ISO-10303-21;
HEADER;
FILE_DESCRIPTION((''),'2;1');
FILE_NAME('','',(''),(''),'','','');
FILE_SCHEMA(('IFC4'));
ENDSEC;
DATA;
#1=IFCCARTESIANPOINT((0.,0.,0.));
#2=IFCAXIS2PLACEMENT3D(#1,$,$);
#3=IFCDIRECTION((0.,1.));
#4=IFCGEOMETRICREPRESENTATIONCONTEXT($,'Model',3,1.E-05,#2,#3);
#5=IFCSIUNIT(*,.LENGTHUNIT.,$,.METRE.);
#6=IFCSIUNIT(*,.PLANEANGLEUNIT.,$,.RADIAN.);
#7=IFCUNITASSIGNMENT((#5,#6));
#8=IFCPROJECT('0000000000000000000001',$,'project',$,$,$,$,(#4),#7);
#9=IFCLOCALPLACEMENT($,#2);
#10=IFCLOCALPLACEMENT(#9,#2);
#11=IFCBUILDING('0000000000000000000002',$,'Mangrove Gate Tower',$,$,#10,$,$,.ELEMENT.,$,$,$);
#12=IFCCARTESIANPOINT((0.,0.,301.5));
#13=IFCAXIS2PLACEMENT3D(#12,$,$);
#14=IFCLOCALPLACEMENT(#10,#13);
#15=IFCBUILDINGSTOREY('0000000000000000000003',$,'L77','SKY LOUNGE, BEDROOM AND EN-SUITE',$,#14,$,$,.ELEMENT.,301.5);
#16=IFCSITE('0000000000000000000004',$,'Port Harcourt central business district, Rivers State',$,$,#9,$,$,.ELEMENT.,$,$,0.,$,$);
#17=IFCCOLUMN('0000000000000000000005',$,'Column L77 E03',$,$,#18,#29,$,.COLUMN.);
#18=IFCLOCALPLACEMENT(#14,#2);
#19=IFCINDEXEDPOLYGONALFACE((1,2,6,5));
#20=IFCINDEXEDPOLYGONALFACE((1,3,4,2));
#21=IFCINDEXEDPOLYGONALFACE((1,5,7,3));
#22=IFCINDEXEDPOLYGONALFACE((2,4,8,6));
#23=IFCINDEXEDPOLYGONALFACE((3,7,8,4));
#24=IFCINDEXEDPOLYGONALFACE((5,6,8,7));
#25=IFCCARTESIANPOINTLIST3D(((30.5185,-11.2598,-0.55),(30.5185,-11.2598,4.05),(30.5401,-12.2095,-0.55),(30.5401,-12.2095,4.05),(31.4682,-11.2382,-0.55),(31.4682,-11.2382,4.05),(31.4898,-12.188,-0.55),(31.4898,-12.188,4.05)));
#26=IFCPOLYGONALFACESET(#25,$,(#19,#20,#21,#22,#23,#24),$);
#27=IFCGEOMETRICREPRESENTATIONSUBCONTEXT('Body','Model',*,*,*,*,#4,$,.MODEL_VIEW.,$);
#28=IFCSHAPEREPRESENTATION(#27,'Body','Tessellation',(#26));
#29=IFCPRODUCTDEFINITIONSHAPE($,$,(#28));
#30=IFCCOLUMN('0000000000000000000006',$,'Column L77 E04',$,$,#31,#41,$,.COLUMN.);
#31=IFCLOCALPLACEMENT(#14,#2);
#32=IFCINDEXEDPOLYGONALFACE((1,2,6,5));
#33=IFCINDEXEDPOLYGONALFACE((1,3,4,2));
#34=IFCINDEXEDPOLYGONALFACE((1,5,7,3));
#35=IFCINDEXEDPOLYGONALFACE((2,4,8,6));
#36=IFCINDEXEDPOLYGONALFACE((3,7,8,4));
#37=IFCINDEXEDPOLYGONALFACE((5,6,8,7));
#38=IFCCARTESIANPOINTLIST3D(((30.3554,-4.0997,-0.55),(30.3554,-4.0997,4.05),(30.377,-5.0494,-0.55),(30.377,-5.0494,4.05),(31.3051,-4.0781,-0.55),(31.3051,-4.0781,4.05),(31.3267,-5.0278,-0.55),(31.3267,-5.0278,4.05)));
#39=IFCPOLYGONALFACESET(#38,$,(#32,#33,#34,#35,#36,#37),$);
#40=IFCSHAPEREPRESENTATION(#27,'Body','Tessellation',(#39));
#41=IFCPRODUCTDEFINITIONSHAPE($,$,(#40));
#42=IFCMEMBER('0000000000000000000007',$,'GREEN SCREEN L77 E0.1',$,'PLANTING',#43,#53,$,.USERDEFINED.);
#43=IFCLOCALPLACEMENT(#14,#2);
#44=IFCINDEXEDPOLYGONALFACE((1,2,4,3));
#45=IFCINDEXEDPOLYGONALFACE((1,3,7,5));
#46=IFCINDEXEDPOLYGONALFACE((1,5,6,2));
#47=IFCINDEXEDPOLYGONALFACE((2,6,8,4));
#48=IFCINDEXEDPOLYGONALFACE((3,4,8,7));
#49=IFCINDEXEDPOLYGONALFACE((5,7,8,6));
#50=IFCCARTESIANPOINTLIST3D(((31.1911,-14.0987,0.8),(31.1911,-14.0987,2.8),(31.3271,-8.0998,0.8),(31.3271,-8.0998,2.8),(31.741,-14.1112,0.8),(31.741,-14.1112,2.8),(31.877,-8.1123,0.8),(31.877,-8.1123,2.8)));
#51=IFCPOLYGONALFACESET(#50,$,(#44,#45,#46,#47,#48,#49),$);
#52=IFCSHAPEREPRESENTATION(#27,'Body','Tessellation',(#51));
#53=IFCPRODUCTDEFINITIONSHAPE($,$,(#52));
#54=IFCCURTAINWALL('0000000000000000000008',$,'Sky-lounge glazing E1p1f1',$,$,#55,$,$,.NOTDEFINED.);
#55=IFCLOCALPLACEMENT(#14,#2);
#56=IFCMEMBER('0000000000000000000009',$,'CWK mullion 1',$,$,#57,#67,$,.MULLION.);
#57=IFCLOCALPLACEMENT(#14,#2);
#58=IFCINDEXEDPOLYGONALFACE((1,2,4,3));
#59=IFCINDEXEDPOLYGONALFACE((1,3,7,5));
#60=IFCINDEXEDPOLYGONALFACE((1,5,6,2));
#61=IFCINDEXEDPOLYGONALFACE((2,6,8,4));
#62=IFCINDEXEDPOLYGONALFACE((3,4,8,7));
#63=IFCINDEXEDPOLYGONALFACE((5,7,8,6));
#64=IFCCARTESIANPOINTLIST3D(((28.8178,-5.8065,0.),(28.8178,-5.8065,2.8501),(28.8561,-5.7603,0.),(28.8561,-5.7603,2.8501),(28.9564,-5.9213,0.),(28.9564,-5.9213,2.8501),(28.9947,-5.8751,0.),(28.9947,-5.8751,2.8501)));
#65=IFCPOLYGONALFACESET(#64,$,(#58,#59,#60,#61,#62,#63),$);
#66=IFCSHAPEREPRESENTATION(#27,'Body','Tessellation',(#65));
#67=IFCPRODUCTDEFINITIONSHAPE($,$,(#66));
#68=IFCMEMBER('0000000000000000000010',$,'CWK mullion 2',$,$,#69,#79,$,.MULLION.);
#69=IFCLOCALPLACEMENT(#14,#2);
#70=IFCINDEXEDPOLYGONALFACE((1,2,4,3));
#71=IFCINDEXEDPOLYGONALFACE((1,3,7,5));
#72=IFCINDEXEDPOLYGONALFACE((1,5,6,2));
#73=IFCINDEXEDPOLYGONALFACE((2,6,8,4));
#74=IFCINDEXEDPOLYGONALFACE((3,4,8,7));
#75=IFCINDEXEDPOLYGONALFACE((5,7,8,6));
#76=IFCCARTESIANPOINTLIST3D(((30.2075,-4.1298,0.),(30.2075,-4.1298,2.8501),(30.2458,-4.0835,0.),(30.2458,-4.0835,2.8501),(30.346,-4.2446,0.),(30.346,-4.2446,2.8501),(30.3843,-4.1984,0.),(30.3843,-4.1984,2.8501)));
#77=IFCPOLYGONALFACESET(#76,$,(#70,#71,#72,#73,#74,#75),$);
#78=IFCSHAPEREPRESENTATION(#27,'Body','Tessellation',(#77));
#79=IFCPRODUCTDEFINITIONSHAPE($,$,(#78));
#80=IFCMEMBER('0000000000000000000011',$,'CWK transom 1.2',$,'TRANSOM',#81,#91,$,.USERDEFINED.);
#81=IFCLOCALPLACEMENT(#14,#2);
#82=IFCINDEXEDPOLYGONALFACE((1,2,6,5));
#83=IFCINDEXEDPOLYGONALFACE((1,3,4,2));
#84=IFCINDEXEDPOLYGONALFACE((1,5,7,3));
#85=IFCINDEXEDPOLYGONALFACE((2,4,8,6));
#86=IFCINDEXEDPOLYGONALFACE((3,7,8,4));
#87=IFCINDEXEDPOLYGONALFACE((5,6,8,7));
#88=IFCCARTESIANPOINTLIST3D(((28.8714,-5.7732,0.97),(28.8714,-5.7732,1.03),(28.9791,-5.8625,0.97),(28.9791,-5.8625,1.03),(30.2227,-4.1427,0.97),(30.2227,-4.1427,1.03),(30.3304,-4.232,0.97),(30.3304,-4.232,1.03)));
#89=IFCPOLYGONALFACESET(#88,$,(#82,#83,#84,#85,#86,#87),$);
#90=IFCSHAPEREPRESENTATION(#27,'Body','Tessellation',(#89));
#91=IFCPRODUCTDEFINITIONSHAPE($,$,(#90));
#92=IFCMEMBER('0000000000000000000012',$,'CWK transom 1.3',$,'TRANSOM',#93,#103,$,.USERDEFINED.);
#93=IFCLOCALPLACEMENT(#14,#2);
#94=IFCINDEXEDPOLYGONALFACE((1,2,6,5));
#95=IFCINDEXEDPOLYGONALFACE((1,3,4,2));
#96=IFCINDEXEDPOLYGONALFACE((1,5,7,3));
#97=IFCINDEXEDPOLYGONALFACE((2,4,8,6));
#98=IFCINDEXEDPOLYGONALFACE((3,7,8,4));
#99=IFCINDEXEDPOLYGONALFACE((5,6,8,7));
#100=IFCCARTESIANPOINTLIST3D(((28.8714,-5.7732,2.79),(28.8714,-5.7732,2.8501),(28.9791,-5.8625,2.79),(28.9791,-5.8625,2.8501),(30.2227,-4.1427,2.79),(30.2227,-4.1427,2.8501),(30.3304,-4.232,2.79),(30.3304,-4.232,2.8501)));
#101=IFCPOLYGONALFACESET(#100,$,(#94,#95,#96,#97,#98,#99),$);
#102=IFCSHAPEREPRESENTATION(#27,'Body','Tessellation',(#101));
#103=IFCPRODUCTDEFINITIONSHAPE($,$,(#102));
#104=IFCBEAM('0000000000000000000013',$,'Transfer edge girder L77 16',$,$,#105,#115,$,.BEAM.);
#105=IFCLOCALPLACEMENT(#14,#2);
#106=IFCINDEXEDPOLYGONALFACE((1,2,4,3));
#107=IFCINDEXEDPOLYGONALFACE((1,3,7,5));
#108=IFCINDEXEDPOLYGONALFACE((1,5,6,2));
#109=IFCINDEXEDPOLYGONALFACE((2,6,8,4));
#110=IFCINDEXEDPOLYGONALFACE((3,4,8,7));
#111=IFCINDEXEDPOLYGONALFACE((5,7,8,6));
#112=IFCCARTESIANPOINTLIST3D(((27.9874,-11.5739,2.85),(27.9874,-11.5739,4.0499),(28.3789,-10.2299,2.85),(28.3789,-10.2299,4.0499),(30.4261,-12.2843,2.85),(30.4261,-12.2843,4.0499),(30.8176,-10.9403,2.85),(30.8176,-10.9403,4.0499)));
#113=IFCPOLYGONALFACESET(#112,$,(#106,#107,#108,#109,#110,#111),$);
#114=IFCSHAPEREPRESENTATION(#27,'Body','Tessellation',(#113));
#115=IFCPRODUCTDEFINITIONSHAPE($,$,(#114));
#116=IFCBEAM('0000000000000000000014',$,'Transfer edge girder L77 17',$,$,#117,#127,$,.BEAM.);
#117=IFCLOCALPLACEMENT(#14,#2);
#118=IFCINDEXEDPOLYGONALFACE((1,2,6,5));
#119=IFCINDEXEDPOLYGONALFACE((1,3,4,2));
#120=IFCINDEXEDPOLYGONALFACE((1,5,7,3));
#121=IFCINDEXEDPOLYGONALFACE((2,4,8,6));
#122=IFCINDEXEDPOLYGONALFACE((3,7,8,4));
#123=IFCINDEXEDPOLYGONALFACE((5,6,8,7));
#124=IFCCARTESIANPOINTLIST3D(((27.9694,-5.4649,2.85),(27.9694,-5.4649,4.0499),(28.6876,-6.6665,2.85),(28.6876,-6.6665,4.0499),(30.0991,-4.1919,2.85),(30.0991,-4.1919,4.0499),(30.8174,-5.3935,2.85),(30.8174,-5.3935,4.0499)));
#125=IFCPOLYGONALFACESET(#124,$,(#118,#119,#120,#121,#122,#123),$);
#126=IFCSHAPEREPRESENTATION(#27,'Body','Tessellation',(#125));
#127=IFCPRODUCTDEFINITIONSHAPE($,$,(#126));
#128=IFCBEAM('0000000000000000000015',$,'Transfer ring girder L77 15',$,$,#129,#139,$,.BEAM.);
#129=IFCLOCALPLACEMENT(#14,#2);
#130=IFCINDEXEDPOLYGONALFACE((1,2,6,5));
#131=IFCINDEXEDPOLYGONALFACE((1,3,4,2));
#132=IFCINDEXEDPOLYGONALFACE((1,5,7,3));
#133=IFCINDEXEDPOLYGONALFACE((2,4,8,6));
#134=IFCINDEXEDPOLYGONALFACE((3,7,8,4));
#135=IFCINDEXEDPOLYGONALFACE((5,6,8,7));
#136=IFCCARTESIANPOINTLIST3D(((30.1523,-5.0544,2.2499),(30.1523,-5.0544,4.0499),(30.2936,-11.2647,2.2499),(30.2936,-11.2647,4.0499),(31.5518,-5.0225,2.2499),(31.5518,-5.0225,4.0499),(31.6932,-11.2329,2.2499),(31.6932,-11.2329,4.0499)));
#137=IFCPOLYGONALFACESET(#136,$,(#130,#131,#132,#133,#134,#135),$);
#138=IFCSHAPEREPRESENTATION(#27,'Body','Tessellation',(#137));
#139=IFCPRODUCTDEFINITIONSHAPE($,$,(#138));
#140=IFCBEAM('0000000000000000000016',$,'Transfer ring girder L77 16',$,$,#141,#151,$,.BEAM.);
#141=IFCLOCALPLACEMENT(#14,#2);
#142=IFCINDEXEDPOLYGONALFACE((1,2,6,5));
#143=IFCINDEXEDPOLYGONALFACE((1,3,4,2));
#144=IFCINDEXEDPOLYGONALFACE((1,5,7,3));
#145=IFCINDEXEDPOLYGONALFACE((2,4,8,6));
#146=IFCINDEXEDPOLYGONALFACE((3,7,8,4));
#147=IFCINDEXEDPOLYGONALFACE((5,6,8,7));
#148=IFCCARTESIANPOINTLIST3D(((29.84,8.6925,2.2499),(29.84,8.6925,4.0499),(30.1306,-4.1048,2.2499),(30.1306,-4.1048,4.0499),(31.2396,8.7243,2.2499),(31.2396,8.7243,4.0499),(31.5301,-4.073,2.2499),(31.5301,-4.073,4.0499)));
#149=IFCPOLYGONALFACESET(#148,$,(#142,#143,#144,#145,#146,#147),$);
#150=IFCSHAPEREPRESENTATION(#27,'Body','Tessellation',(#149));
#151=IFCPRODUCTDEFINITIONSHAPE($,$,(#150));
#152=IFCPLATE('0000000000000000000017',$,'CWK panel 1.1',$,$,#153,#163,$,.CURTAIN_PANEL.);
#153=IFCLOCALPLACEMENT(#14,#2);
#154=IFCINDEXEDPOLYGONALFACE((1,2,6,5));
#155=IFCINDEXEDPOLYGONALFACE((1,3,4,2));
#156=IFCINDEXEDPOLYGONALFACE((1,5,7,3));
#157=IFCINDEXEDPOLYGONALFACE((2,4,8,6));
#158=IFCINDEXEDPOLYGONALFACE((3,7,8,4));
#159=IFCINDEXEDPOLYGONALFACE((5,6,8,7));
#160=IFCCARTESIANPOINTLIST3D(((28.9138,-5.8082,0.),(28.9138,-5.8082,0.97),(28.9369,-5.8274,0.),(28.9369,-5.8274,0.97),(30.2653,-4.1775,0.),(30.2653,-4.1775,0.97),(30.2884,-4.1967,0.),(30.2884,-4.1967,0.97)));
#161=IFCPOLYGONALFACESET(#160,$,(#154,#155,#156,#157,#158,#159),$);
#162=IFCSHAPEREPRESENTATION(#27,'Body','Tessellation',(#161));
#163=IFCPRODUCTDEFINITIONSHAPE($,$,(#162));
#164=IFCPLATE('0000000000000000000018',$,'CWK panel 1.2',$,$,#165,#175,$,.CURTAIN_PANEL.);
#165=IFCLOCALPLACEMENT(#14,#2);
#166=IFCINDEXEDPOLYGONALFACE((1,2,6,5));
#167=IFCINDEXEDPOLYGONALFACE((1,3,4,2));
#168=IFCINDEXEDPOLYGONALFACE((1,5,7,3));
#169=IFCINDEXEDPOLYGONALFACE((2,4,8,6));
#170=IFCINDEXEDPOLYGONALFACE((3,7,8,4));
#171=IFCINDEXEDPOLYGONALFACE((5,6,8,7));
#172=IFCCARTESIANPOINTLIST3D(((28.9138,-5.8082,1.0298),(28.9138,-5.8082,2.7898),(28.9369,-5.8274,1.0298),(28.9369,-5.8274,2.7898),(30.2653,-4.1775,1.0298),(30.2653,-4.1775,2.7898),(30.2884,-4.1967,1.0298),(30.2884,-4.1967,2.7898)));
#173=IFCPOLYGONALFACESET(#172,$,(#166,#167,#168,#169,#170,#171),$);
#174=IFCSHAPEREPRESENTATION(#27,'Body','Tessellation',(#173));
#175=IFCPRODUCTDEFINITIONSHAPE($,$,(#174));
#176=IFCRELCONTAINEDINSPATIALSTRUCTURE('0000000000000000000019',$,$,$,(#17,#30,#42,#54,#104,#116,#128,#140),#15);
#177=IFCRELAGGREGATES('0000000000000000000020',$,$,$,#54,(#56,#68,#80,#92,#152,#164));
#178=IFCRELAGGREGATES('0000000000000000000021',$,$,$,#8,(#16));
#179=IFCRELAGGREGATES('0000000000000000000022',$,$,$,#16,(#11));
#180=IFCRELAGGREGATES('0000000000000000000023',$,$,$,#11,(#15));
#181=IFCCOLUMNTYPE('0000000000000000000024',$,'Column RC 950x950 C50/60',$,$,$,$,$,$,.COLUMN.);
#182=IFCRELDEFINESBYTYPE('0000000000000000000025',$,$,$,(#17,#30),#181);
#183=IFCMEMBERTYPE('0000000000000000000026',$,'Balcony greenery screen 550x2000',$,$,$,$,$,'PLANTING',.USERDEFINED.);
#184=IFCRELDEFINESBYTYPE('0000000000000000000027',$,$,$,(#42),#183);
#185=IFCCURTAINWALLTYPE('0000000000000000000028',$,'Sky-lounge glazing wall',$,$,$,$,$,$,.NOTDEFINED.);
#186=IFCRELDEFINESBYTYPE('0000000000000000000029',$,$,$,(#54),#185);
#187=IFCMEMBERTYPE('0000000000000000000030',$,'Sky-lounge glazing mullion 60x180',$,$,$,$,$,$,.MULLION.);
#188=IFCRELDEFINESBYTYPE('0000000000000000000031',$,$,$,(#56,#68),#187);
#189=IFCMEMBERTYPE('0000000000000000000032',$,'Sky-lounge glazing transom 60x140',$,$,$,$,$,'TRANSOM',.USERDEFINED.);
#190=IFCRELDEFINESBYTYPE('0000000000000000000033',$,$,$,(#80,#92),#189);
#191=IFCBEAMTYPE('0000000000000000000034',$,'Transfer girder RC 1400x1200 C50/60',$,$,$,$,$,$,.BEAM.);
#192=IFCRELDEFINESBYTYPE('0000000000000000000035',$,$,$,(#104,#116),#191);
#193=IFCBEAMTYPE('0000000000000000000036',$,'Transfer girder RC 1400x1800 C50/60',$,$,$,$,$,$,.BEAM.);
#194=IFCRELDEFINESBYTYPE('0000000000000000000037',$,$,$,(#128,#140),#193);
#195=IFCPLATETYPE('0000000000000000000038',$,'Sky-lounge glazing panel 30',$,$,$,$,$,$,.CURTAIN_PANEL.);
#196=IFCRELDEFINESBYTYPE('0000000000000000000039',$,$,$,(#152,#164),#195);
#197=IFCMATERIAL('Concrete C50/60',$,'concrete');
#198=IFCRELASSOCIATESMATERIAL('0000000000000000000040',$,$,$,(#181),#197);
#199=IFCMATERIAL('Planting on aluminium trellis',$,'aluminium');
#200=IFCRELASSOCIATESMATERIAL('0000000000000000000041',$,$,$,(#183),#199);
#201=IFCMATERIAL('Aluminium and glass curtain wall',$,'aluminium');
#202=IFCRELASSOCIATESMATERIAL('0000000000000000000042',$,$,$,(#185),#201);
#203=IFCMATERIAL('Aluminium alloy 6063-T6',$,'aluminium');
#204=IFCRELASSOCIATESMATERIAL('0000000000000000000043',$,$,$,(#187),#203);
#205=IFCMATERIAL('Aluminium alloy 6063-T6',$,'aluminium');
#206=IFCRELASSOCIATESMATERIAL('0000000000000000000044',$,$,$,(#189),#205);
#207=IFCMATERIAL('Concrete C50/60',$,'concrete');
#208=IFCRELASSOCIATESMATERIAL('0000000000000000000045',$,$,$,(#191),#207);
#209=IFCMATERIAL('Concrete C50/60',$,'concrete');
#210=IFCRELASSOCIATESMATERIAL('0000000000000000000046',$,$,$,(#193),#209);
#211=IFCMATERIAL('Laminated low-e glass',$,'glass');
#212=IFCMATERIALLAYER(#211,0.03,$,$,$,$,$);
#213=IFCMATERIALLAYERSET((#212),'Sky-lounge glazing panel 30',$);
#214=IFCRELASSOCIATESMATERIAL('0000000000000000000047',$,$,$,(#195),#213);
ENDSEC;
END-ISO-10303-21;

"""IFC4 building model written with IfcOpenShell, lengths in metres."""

from ifc_helpers import new_model, si_unit, direction, frame, origin, origin_2d, place, context, subcontext, project, spatial, rectangle, extrude, material, layer, layer_set, material_profile, profile_set, type_object, element, aggregate, save


model = new_model("IFC4")

# Units and contexts
model_context = context("Model", 3, precision=1e-05, world=origin(), true_north=direction((0.0, 1.0)))
body_context = subcontext(model_context, "Body", "Model", "MODEL_VIEW")
ifc_project = project(units=[si_unit("LENGTHUNIT", "METRE"), si_unit("PLANEANGLEUNIT", "RADIAN")], contexts=[model_context])

# Site, building, storey
site_placement = place(None, origin())
site = spatial("IfcSite", under=ifc_project, at=site_placement, Name="Port Harcourt central business district, Rivers State", CompositionType="ELEMENT", RefElevation=0.0)
building_placement = place(site_placement, origin())
building = spatial("IfcBuilding", under=site, at=building_placement, Name="Mangrove Gate Tower", CompositionType="ELEMENT")
storey_placement = place(building_placement, frame((0.0, 0.0, 301.5)))
storey = spatial("IfcBuildingStorey", under=building, at=storey_placement, Name="L77", Description="SKY LOUNGE, BEDROOM AND EN-SUITE", CompositionType="ELEMENT", Elevation=301.5)

# Columns
ifc_material_1 = material(Name="Concrete C50/60", Category="concrete")
ifc_material_profile_1 = material_profile(ifc_material_1, rectangle(XDim=0.95, YDim=0.95, at=origin_2d()))
ifc_profile_set_1 = profile_set([ifc_material_profile_1], Name="Concrete C50/60")
column_type = type_object("IfcColumnType", Name="Column RC 950x950 C50/60", PredefinedType="COLUMN", material=ifc_profile_set_1)
for number, where, z_axis, x_axis, name in (
    (1, (31.0042, -11.7239, -0.55), (0.0, 0.0, 1.0), (-0.022688, 0.999743, 0.0), "Column L77 E03"),
    (2, (30.8411, -4.5637, -0.55), (0.0, 0.0, 1.0), (-0.022714, 0.999742, 0.0), "Column L77 E04"),
):
    element("IfcColumn", number, at=place(storey_placement, frame(where, z_axis=z_axis, x_axis=x_axis)), inside=storey, type_object=column_type, Name=name, PredefinedType="COLUMN", context=body_context, shape_type="SweptSolid", body=[
        extrude(rectangle(XDim=0.95, YDim=0.95, at=origin_2d()), origin(), (0.0, 0.0, 1.0), 4.6001),
    ])

# Member
ifc_material_2 = material(Name="Planting on aluminium trellis", Category="aluminium")
ifc_material_profile_2 = material_profile(ifc_material_2, rectangle(XDim=0.55, YDim=2.0, at=origin_2d()))
ifc_profile_set_2 = profile_set([ifc_material_profile_2], Name="Planting on aluminium trellis")
member_type_1 = type_object("IfcMemberType", Name="Balcony greenery screen 550x2000", ElementType="PLANTING", PredefinedType="USERDEFINED", material=ifc_profile_set_2)
member_1_placement = place(storey_placement, frame((31.4661, -14.105, 1.8), z_axis=(0.022662, 0.999743, 0.0), x_axis=(-0.999743, 0.022662, 0.0)))
element("IfcMember", 3, at=member_1_placement, inside=storey, type_object=member_type_1, Name="GREEN SCREEN L77 E0.1", ObjectType="PLANTING", PredefinedType="USERDEFINED", context=body_context, shape_type="SweptSolid", body=[
    extrude(rectangle(XDim=0.55, YDim=2.0, at=origin_2d()), origin(), (0.0, 0.0, 1.0), 6.0005),
])

# Curtain wall, members
ifc_material_3 = material(Name="Aluminium and glass curtain wall", Category="aluminium")
curtain_wall_type = type_object("IfcCurtainWallType", Name="Sky-lounge glazing wall", PredefinedType="NOTDEFINED", material=ifc_material_3)
curtain_wall_placement = place(storey_placement, origin())
curtain_wall = element("IfcCurtainWall", 4, at=curtain_wall_placement, inside=storey, type_object=curtain_wall_type, Name="Sky-lounge glazing E1p1f1", PredefinedType="NOTDEFINED")
ifc_material_4 = material(Name="Aluminium alloy 6063-T6", Category="aluminium")
ifc_material_profile_3 = material_profile(ifc_material_4, rectangle(XDim=0.0601, YDim=0.1799, at=origin_2d()))
ifc_profile_set_3 = profile_set([ifc_material_profile_3], Name="Aluminium alloy 6063-T6")
member_type_2 = type_object("IfcMemberType", Name="Sky-lounge glazing mullion 60x180", PredefinedType="MULLION", material=ifc_profile_set_3)
member_2_placement = place(storey_placement, frame((28.9062, -5.8408, 0.0), z_axis=(0.0, 0.0, 1.0), x_axis=(0.638116, 0.76994, 0.0)))
member_2 = element("IfcMember", 5, at=member_2_placement, type_object=member_type_2, Name="CWK mullion 1", PredefinedType="MULLION", context=body_context, shape_type="SweptSolid", body=[
    extrude(rectangle(XDim=0.0601, YDim=0.1799, at=origin_2d()), origin(), (0.0, 0.0, 1.0), 2.8501),
])
member_3_placement = place(storey_placement, frame((30.2959, -4.1641, 0.0), z_axis=(0.0, 0.0, 1.0), x_axis=(0.638116, 0.76994, 0.0)))
member_3 = element("IfcMember", 6, at=member_3_placement, type_object=member_type_2, Name="CWK mullion 2", PredefinedType="MULLION", context=body_context, shape_type="SweptSolid", body=[
    extrude(rectangle(XDim=0.0601, YDim=0.1799, at=origin_2d()), origin(), (0.0, 0.0, 1.0), 2.8501),
])
ifc_material_5 = material(Name="Aluminium alloy 6063-T6", Category="aluminium")
ifc_material_profile_4 = material_profile(ifc_material_5, rectangle(XDim=0.0601, YDim=0.1399, at=origin_2d()))
ifc_profile_set_4 = profile_set([ifc_material_profile_4], Name="Aluminium alloy 6063-T6")
member_type_3 = type_object("IfcMemberType", Name="Sky-lounge glazing transom 60x140", ElementType="TRANSOM", PredefinedType="USERDEFINED", material=ifc_profile_set_4)
member_4_placement = place(storey_placement, frame((28.9253, -5.8179, 1.0), z_axis=(0.638084, 0.769967, 0.0), x_axis=(0.0, 0.0, 1.0)))
member_4 = element("IfcMember", 7, at=member_4_placement, type_object=member_type_3, Name="CWK transom 1.2", ObjectType="TRANSOM", PredefinedType="USERDEFINED", context=body_context, shape_type="SweptSolid", body=[
    extrude(rectangle(XDim=0.0601, YDim=0.1399, at=origin_2d()), origin(), (0.0, 0.0, 1.0), 2.1177),
])
member_5_placement = place(storey_placement, frame((28.9253, -5.8179, 2.8201), z_axis=(0.638084, 0.769967, 0.0), x_axis=(0.0, 0.0, 1.0)))
member_5 = element("IfcMember", 8, at=member_5_placement, type_object=member_type_3, Name="CWK transom 1.3", ObjectType="TRANSOM", PredefinedType="USERDEFINED", context=body_context, shape_type="SweptSolid", body=[
    extrude(rectangle(XDim=0.0601, YDim=0.1399, at=origin_2d()), origin(), (0.0, 0.0, 1.0), 2.1177),
])

# Beams
ifc_material_6 = material(Name="Concrete C50/60", Category="concrete")
ifc_material_profile_5 = material_profile(ifc_material_6, rectangle(XDim=1.3999, YDim=1.2, at=origin_2d()))
ifc_profile_set_5 = profile_set([ifc_material_profile_5], Name="Concrete C50/60")
beam_type_1 = type_object("IfcBeamType", Name="Transfer girder RC 1400x1200 C50/60", PredefinedType="BEAM", material=ifc_profile_set_5)
beam_1_placement = place(storey_placement, frame((30.6218, -11.6123, 3.45), z_axis=(-0.960089, 0.279694, 0.0), x_axis=(-0.279694, -0.960089, 0.0)))
element("IfcBeam", 9, at=beam_1_placement, inside=storey, type_object=beam_type_1, Name="Transfer edge girder L77 16", PredefinedType="BEAM", context=body_context, shape_type="SweptSolid", body=[
    extrude(rectangle(XDim=1.3999, YDim=1.2, at=origin_2d()), origin(), (0.0, 0.0, 1.0), 2.54),
])
beam_2_placement = place(storey_placement, frame((30.4583, -4.7927, 3.45), z_axis=(-0.858351, -0.513062, 0.0), x_axis=(0.513062, -0.858351, 0.0)))
element("IfcBeam", 10, at=beam_2_placement, inside=storey, type_object=beam_type_1, Name="Transfer edge girder L77 17", PredefinedType="BEAM", context=body_context, shape_type="SweptSolid", body=[
    extrude(rectangle(XDim=1.3999, YDim=1.2, at=origin_2d()), origin(), (0.0, 0.0, 1.0), 2.4812),
])
ifc_material_7 = material(Name="Concrete C50/60", Category="concrete")
ifc_material_profile_6 = material_profile(ifc_material_7, rectangle(XDim=1.3999, YDim=1.8, at=origin_2d()))
ifc_profile_set_6 = profile_set([ifc_material_profile_6], Name="Concrete C50/60")
beam_type_2 = type_object("IfcBeamType", Name="Transfer girder RC 1400x1800 C50/60", PredefinedType="BEAM", material=ifc_profile_set_6)
beam_3_placement = place(storey_placement, frame((30.9934, -11.2488, 3.1499), z_axis=(-0.022756, 0.999741, 0.0), x_axis=(-0.999741, -0.022756, 0.0)))
element("IfcBeam", 11, at=beam_3_placement, inside=storey, type_object=beam_type_2, Name="Transfer ring girder L77 15", PredefinedType="BEAM", context=body_context, shape_type="SweptSolid", body=[
    extrude(rectangle(XDim=1.3999, YDim=1.8, at=origin_2d()), origin(), (0.0, 0.0, 1.0), 6.2119),
])
beam_4_placement = place(storey_placement, frame((30.8303, -4.0889, 3.1499), z_axis=(-0.022697, 0.999742, 0.0), x_axis=(-0.999742, -0.022697, 0.0)))
element("IfcBeam", 12, at=beam_4_placement, inside=storey, type_object=beam_type_2, Name="Transfer ring girder L77 16", PredefinedType="BEAM", context=body_context, shape_type="SweptSolid", body=[
    extrude(rectangle(XDim=1.3999, YDim=1.8, at=origin_2d()), origin(), (0.0, 0.0, 1.0), 12.8005),
])

# Plates
ifc_material_8 = material(Name="Laminated low-e glass", Category="glass")
ifc_layer_1 = layer(ifc_material_8, 0.03)
ifc_layer_set_1 = layer_set([ifc_layer_1], Name="Sky-lounge glazing panel 30")
plate_type = type_object("IfcPlateType", Name="Sky-lounge glazing panel 30", PredefinedType="CURTAIN_PANEL", material=ifc_layer_set_1)
plate_1_placement = place(storey_placement, frame((29.6011, -5.0024, 0.0), z_axis=(0.0, 0.0, 1.0), x_axis=(0.638116, 0.76994, 0.0)))
plate_1 = element("IfcPlate", 13, at=plate_1_placement, type_object=plate_type, Name="CWK panel 1.1", PredefinedType="CURTAIN_PANEL", context=body_context, shape_type="SweptSolid", body=[
    extrude(rectangle(XDim=2.1179, YDim=0.03, at=origin_2d()), origin(), (0.0, 0.0, 1.0), 0.97),
])
plate_2_placement = place(storey_placement, frame((29.6011, -5.0024, 1.0298), z_axis=(0.0, 0.0, 1.0), x_axis=(0.638116, 0.76994, 0.0)))
plate_2 = element("IfcPlate", 14, at=plate_2_placement, type_object=plate_type, Name="CWK panel 1.2", PredefinedType="CURTAIN_PANEL", context=body_context, shape_type="SweptSolid", body=[
    extrude(rectangle(XDim=2.1179, YDim=0.03, at=origin_2d()), origin(), (0.0, 0.0, 1.0), 1.76),
])
aggregate(curtain_wall, [member_2, member_3, member_4, member_5, plate_1, plate_2])

save(model, "model.ifc")
